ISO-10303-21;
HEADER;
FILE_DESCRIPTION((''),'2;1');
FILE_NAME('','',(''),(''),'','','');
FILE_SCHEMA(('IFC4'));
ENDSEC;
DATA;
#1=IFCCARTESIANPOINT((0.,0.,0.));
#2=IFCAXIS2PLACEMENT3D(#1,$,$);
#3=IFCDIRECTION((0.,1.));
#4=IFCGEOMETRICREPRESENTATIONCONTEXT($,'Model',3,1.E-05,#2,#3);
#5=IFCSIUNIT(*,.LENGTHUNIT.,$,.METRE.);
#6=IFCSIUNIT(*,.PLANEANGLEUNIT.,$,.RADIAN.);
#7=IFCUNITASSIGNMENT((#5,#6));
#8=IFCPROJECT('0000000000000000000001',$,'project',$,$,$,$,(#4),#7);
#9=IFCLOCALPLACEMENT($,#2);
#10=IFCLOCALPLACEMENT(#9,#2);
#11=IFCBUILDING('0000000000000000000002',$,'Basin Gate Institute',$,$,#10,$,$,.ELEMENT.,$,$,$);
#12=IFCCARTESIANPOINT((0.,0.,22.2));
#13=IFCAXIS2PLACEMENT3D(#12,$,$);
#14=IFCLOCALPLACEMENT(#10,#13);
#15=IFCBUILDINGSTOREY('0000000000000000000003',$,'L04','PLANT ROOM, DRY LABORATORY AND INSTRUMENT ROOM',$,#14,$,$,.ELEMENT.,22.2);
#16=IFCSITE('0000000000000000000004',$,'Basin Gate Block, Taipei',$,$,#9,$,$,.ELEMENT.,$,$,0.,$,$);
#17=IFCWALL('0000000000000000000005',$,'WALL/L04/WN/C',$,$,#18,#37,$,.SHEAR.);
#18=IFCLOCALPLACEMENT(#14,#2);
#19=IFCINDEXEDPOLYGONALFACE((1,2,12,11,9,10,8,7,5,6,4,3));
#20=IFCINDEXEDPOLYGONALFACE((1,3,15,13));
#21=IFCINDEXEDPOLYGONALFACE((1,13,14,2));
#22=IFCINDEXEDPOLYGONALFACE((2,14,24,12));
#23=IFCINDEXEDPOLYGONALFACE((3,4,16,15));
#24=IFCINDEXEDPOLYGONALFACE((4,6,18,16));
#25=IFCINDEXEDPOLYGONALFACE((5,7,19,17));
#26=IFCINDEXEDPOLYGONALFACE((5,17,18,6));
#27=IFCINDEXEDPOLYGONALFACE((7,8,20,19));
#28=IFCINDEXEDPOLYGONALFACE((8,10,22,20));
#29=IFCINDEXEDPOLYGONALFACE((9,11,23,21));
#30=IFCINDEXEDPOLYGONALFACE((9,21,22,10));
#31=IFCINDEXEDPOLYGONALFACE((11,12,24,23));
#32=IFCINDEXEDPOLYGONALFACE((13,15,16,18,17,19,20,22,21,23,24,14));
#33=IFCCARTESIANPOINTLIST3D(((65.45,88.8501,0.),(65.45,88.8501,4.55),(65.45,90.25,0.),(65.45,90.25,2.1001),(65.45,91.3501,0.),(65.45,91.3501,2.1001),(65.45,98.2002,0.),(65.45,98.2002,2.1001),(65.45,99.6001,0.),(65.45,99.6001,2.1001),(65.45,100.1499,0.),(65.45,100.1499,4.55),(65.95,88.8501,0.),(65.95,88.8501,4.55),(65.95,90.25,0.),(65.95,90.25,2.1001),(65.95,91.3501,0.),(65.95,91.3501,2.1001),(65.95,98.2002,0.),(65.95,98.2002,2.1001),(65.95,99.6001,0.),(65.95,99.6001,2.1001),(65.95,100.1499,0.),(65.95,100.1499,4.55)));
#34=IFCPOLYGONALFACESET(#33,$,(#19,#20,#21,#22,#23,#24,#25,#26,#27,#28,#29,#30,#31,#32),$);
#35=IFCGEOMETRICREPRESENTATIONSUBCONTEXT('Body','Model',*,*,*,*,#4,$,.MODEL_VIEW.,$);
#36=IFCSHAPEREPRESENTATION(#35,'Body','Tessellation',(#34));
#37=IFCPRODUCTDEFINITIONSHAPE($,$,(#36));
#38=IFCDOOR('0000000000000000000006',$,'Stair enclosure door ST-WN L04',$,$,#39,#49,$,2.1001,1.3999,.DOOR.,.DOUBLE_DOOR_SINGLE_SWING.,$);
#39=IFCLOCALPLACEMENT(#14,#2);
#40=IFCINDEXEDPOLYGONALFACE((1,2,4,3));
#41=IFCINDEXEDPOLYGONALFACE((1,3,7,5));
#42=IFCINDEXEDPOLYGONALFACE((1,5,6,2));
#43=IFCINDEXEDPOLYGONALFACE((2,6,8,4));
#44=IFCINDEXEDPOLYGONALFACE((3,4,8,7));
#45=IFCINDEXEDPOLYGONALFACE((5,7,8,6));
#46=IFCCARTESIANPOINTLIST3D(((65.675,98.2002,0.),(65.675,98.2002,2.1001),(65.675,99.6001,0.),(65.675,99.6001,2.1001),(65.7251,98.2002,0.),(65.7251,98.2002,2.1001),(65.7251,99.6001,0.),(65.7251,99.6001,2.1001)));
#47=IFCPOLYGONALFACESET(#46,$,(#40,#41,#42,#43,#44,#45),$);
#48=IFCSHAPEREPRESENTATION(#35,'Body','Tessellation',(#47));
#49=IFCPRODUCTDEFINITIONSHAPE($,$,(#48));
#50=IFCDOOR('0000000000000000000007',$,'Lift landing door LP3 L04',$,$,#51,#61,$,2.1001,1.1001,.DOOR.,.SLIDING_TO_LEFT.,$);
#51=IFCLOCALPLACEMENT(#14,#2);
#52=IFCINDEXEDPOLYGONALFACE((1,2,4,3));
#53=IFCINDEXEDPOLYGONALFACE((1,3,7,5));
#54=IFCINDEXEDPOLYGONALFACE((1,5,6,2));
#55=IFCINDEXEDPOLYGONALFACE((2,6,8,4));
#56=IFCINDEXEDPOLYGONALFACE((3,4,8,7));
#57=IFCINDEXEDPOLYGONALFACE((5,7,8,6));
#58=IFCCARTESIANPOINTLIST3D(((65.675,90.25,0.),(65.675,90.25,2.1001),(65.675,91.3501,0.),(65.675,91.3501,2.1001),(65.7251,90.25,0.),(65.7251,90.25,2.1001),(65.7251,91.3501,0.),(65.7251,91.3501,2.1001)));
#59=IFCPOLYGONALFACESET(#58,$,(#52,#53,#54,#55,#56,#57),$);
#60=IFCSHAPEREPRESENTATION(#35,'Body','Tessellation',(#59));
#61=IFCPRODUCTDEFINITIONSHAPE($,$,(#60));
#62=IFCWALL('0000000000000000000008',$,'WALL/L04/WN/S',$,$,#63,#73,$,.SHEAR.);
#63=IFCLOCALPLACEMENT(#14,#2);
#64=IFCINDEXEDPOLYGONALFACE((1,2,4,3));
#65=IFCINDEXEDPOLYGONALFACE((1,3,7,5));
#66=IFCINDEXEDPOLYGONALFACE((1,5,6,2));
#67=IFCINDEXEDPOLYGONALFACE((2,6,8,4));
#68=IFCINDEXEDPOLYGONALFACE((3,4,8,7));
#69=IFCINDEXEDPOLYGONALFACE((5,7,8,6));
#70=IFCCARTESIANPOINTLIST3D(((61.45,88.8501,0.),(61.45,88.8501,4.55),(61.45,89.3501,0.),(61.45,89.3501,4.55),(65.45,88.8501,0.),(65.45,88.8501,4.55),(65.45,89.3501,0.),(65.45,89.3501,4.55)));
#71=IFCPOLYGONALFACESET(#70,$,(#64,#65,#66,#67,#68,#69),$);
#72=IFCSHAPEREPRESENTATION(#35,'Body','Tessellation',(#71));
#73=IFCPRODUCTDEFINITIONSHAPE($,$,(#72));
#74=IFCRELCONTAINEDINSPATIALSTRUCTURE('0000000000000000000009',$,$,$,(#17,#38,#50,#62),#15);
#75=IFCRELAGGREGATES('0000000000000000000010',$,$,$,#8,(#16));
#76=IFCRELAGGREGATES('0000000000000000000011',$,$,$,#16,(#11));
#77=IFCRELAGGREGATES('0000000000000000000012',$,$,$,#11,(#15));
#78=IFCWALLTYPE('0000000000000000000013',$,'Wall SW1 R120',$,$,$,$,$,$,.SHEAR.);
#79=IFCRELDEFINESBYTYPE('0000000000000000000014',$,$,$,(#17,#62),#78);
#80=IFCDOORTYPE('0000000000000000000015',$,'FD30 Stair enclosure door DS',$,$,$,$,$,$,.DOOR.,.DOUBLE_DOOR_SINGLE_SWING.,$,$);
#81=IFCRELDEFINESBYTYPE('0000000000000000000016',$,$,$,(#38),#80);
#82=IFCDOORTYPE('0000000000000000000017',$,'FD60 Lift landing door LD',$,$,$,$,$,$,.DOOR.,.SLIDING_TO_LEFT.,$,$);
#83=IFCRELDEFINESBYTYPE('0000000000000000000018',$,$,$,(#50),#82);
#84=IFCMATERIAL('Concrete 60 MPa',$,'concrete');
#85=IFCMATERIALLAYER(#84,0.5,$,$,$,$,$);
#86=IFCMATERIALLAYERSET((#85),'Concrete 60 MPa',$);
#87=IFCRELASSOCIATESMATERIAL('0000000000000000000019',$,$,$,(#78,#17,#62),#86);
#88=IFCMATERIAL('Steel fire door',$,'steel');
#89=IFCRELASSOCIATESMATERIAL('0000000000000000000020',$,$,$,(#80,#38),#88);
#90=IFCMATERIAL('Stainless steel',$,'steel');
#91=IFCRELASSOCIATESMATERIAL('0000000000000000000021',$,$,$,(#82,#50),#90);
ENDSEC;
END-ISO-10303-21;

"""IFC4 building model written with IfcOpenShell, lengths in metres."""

from ifc_helpers import new_model, si_unit, direction, frame, frame_2d, origin, place, context, subcontext, project, spatial, rectangle, extrude, material, layer, layer_set, type_object, element, fill, save


model = new_model("IFC4")

# Units and contexts
model_context = context("Model", 3, precision=1e-05, world=origin(), true_north=direction((0.0, 1.0)))
body_context = subcontext(model_context, "Body", "Model", "MODEL_VIEW")
ifc_project = project(units=[si_unit("LENGTHUNIT", "METRE"), si_unit("PLANEANGLEUNIT", "RADIAN")], contexts=[model_context])

# Site, building, storey
site_placement = place(None, origin())
site = spatial("IfcSite", under=ifc_project, at=site_placement, Name="Basin Gate Block, Taipei", CompositionType="ELEMENT", RefElevation=0.0)
building_placement = place(site_placement, origin())
building = spatial("IfcBuilding", under=site, at=building_placement, Name="Basin Gate Institute", CompositionType="ELEMENT")
storey_placement = place(building_placement, frame((0.0, 0.0, 22.2)))
storey = spatial("IfcBuildingStorey", under=building, at=storey_placement, Name="L04", Description="PLANT ROOM, DRY LABORATORY AND INSTRUMENT ROOM", CompositionType="ELEMENT", Elevation=22.2)

# Shared definitions
ifc_material_1 = material(Name="Concrete 60 MPa", Category="concrete")
ifc_layer_1 = layer(ifc_material_1, 0.5)
ifc_layer_set_1 = layer_set([ifc_layer_1], Name="Concrete 60 MPa")
wall_type_1 = type_object("IfcWallType", Name="Wall SW1 R120", PredefinedType="SHEAR", material=ifc_layer_set_1)

# Wall, openings, doors
wall_1_placement = place(storey_placement, frame((65.7, 88.8501, 0.0), z_axis=(0.0, 0.0, 1.0), x_axis=(0.0, 1.0, 0.0)))
wall_1 = element("IfcWall", 1, at=wall_1_placement, inside=storey, type_object=wall_type_1, material=ifc_layer_set_1, Name="WALL/L04/WN/C", PredefinedType="SHEAR", context=body_context, shape_type="SweptSolid", body=[
    extrude(rectangle(XDim=11.2998, YDim=0.5, at=frame_2d((5.6499, 0.0))), origin(), (0.0, 0.0, 1.0), 4.55),
])
opening_1_placement = place(wall_1_placement, frame((9.3501, 0.0, 0.0)))
opening_1 = element("IfcOpeningElement", 2, at=opening_1_placement, cuts=wall_1, PredefinedType="OPENING", context=body_context, shape_type="SweptSolid", body=[
    extrude(rectangle(XDim=1.3999, YDim=2.1001, at=frame_2d((0.7, 1.05))), frame((0.0, 0.26, 0.0), z_axis=(0.0, -1.0, 0.0), x_axis=(1.0, 0.0, 0.0)), (0.0, 0.0, 1.0), 0.52),
])
opening_2_placement = place(wall_1_placement, frame((1.3999, 0.0, 0.0)))
opening_2 = element("IfcOpeningElement", 3, at=opening_2_placement, cuts=wall_1, PredefinedType="OPENING", context=body_context, shape_type="SweptSolid", body=[
    extrude(rectangle(XDim=1.1001, YDim=2.1001, at=frame_2d((0.55, 1.05))), frame((0.0, 0.26, 0.0), z_axis=(0.0, -1.0, 0.0), x_axis=(1.0, 0.0, 0.0)), (0.0, 0.0, 1.0), 0.52),
])
ifc_material_2 = material(Name="Steel fire door", Category="steel")
door_type_1 = type_object("IfcDoorType", Name="FD30 Stair enclosure door DS", OperationType="DOUBLE_DOOR_SINGLE_SWING", PredefinedType="DOOR", material=ifc_material_2)
door_1_placement = place(opening_1_placement, origin())
door_1 = element("IfcDoor", 4, at=door_1_placement, inside=storey, type_object=door_type_1, material=ifc_material_2, Name="Stair enclosure door ST-WN L04", OperationType="DOUBLE_DOOR_SINGLE_SWING", OverallHeight=2.1001, OverallWidth=1.3999, PredefinedType="DOOR", context=body_context, shape_type="SweptSolid", body=[
    extrude(rectangle(XDim=1.3999, YDim=2.1001, at=frame_2d((0.7, 1.05))), frame((0.0, 0.0249, 0.0), z_axis=(0.0, -1.0, 0.0), x_axis=(1.0, 0.0, 0.0)), (0.0, 0.0, 1.0), 0.05),
])
fill(opening_1, door_1)
ifc_material_3 = material(Name="Stainless steel", Category="steel")
door_type_2 = type_object("IfcDoorType", Name="FD60 Lift landing door LD", OperationType="SLIDING_TO_LEFT", PredefinedType="DOOR", material=ifc_material_3)
door_2_placement = place(opening_2_placement, origin())
door_2 = element("IfcDoor", 5, at=door_2_placement, inside=storey, type_object=door_type_2, material=ifc_material_3, Name="Lift landing door LP3 L04", OperationType="SLIDING_TO_LEFT", OverallHeight=2.1001, OverallWidth=1.1001, PredefinedType="DOOR", context=body_context, shape_type="SweptSolid", body=[
    extrude(rectangle(XDim=1.1001, YDim=2.1001, at=frame_2d((0.55, 1.05))), frame((0.0, 0.0249, 0.0), z_axis=(0.0, -1.0, 0.0), x_axis=(1.0, 0.0, 0.0)), (0.0, 0.0, 1.0), 0.05),
])
fill(opening_2, door_2)

# Wall
wall_2_placement = place(storey_placement, frame((61.45, 89.1001, 0.0), z_axis=(0.0, 0.0, 1.0), x_axis=(1.0, 0.0, 0.0)))
element("IfcWall", 6, at=wall_2_placement, inside=storey, type_object=wall_type_1, material=ifc_layer_set_1, Name="WALL/L04/WN/S", PredefinedType="SHEAR", context=body_context, shape_type="SweptSolid", body=[
    extrude(rectangle(XDim=4.0, YDim=0.5, at=frame_2d((2.0, 0.0))), origin(), (0.0, 0.0, 1.0), 4.55),
])

save(model, "model.ifc")
